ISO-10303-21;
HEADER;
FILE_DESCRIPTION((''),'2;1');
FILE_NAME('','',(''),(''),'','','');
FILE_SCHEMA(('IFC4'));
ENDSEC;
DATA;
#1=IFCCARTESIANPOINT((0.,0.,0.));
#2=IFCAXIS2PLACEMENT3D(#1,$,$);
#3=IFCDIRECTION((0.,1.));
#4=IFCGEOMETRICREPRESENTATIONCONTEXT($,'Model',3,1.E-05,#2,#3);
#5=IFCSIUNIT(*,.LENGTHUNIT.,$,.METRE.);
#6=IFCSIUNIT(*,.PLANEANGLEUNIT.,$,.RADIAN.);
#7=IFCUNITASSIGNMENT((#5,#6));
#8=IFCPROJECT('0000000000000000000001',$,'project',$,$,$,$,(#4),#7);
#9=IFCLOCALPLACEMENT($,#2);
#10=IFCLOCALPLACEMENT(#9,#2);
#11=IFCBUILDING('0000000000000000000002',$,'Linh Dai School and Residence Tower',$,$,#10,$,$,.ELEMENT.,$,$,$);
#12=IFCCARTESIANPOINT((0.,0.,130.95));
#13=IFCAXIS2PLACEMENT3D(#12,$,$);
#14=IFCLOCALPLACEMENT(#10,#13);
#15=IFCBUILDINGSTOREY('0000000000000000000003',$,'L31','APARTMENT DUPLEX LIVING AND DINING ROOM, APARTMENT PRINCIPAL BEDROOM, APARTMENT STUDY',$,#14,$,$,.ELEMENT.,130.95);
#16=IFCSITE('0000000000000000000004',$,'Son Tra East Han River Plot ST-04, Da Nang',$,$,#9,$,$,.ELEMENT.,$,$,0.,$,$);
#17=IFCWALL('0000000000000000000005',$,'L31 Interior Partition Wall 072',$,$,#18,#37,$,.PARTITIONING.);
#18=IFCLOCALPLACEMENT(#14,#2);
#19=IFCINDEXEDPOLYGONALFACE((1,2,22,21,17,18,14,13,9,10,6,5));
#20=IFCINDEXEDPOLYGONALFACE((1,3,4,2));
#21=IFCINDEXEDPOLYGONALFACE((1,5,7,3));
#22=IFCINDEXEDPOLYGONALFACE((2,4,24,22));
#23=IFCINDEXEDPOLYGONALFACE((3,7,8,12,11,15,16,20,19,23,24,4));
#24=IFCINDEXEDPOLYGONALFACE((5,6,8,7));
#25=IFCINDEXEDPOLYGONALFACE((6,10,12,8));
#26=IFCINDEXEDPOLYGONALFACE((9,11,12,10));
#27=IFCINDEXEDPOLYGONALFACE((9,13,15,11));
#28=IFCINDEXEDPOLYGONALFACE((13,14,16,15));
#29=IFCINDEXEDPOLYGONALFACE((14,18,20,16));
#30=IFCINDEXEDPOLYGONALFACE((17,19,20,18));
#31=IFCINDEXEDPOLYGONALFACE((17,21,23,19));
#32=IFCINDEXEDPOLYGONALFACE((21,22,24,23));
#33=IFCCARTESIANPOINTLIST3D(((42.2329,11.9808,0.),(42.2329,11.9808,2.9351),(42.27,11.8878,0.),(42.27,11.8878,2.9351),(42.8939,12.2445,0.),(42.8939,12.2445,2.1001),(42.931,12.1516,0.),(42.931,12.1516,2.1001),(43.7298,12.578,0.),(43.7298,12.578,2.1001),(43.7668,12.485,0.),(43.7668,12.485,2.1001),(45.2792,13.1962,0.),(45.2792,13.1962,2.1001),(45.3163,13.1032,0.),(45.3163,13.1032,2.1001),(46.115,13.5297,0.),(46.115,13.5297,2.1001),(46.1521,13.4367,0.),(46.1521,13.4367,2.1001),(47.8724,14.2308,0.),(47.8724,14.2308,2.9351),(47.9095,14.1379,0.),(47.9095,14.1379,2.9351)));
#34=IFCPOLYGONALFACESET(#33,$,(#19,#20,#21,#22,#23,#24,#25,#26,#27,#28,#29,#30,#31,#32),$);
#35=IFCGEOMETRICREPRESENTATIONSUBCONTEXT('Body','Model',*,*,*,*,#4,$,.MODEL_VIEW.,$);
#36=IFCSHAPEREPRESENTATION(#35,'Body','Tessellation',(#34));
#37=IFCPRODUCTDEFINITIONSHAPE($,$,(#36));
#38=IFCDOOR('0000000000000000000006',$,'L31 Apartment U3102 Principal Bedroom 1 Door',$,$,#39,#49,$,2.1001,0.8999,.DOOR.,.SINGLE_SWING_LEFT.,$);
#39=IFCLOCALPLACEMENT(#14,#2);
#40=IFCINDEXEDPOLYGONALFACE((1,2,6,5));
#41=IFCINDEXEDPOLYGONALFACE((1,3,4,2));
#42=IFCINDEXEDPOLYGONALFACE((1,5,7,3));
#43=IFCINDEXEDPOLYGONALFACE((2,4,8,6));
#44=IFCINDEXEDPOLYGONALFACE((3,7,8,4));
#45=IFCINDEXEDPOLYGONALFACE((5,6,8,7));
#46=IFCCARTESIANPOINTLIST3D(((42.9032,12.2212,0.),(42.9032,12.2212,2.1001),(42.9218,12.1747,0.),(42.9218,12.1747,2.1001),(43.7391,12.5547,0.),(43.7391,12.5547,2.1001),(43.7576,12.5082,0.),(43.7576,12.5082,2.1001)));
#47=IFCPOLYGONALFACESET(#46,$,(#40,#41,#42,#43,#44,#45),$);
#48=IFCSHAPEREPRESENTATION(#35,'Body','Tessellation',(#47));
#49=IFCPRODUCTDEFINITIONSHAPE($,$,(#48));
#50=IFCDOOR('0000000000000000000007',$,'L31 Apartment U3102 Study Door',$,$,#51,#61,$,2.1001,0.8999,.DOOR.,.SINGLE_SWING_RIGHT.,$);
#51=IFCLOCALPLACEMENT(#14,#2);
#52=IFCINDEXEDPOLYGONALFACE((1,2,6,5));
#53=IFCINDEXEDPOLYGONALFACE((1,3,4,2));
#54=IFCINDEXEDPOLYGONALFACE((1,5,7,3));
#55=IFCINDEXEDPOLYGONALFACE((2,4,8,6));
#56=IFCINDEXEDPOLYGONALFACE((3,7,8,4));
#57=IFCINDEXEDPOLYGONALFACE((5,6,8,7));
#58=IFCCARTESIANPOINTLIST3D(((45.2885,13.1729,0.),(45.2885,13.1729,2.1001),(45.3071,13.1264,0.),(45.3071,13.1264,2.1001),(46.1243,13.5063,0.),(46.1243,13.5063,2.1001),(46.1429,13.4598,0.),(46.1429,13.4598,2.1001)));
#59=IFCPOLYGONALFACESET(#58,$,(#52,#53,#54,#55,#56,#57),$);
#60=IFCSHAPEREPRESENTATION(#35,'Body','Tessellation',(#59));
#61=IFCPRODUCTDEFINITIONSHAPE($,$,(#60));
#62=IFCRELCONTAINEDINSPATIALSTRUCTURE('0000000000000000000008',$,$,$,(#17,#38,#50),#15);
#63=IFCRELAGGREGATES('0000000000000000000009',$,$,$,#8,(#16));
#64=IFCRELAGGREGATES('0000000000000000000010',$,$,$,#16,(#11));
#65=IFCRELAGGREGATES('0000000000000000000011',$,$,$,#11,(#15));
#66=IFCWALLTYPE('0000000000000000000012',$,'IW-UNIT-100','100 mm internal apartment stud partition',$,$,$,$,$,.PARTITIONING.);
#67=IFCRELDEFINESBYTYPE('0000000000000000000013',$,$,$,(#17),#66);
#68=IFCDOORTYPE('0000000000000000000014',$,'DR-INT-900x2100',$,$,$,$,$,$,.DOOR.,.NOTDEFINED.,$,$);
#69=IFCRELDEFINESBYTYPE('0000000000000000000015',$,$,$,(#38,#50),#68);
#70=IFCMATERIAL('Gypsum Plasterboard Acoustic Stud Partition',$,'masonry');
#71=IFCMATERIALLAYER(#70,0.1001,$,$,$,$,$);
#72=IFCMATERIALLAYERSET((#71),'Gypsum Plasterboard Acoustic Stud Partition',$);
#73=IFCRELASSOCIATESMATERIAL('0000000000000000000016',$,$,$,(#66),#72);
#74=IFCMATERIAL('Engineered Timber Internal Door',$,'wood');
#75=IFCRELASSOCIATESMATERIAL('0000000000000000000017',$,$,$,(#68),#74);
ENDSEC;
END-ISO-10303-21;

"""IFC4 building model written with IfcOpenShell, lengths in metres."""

from ifc_helpers import new_model, si_unit, direction, frame, frame_2d, origin, origin_2d, place, context, subcontext, project, spatial, rectangle, extrude, source, transform, mapped, material, layer, layer_set, type_object, element, fill, save


model = new_model("IFC4")

# Units and contexts
model_context = context("Model", 3, precision=1e-05, world=origin(), true_north=direction((0.0, 1.0)))
body_context = subcontext(model_context, "Body", "Model", "MODEL_VIEW")
ifc_project = project(units=[si_unit("LENGTHUNIT", "METRE"), si_unit("PLANEANGLEUNIT", "RADIAN")], contexts=[model_context])

# Site, building, storey
site_placement = place(None, origin())
site = spatial("IfcSite", under=ifc_project, at=site_placement, Name="Son Tra East Han River Plot ST-04, Da Nang", CompositionType="ELEMENT", RefElevation=0.0)
building_placement = place(site_placement, origin())
building = spatial("IfcBuilding", under=site, at=building_placement, Name="Linh Dai School and Residence Tower", CompositionType="ELEMENT")
storey_placement = place(building_placement, frame((0.0, 0.0, 130.95)))
storey = spatial("IfcBuildingStorey", under=building, at=storey_placement, Name="L31", Description="APARTMENT DUPLEX LIVING AND DINING ROOM, APARTMENT PRINCIPAL BEDROOM, APARTMENT STUDY", CompositionType="ELEMENT", Elevation=130.95)

# Shared definitions
ifc_material_1 = material(Name="Gypsum Plasterboard Acoustic Stud Partition", Category="masonry")
ifc_layer_1 = layer(ifc_material_1, 0.1001)
ifc_layer_set_1 = layer_set([ifc_layer_1], Name="Gypsum Plasterboard Acoustic Stud Partition")
wall_type_1 = type_object("IfcWallType", Name="IW-UNIT-100", Description="100 mm internal apartment stud partition", PredefinedType="PARTITIONING", material=ifc_layer_set_1)

# Wall, openings, doors
wall_1_placement = place(storey_placement, frame((42.2515, 11.9343, 0.0), z_axis=(0.0, 0.0, 1.0), x_axis=(0.928804, 0.370572, 0.0)))
wall_1 = element("IfcWall", 1, at=wall_1_placement, inside=storey, type_object=wall_type_1, Name="L31 Interior Partition Wall 072", PredefinedType="PARTITIONING", context=body_context, shape_type="SweptSolid", body=[
    extrude(rectangle(XDim=6.0718, YDim=0.1001, at=frame_2d((3.0359, 0.0))), origin(), (0.0, 0.0, 1.0), 2.9351),
])
opening_1_placement = place(wall_1_placement, frame((0.7117, 0.0, 0.0)))
opening_1 = element("IfcOpeningElement", 2, at=opening_1_placement, cuts=wall_1, PredefinedType="OPENING", context=body_context, shape_type="SweptSolid", body=[
    extrude(rectangle(XDim=0.8999, YDim=2.1001, at=origin_2d()), frame((0.45, 0.0601, 1.05), z_axis=(0.0, -1.0, 0.0), x_axis=(1.0, 0.0, 0.0)), (0.0, 0.0, 1.0), 0.1201),
])
opening_2_placement = place(wall_1_placement, frame((3.2798, 0.0, 0.0)))
opening_2 = element("IfcOpeningElement", 3, at=opening_2_placement, cuts=wall_1, PredefinedType="OPENING", context=body_context, shape_type="SweptSolid", body=[
    extrude(rectangle(XDim=0.8999, YDim=2.1001, at=origin_2d()), frame((0.45, 0.0601, 1.05), z_axis=(0.0, -1.0, 0.0), x_axis=(1.0, 0.0, 0.0)), (0.0, 0.0, 1.0), 0.1201),
])
ifc_material_2 = material(Name="Engineered Timber Internal Door", Category="wood")
door_type_1 = type_object("IfcDoorType", Name="DR-INT-900x2100", OperationType="NOTDEFINED", PredefinedType="DOOR", material=ifc_material_2)
shared_shape_1 = source(origin(), body_context, "Body", "SweptSolid", [
    extrude(rectangle(XDim=0.8999, YDim=2.1001, at=origin_2d()), frame((0.45, 0.0249, 1.05), z_axis=(0.0, -1.0, 0.0), x_axis=(1.0, 0.0, 0.0)), (0.0, 0.0, 1.0), 0.05),
])
door_1_placement = place(opening_1_placement, origin())
door_1 = element("IfcDoor", 4, at=door_1_placement, inside=storey, type_object=door_type_1, Name="L31 Apartment U3102 Principal Bedroom 1 Door", OperationType="SINGLE_SWING_LEFT", OverallHeight=2.1001, OverallWidth=0.8999, PredefinedType="DOOR", context=body_context, shape_type="MappedRepresentation", body=[
    mapped(shared_shape_1, transform((0.0, 0.0, 0.0), x_axis=(1.0, 0.0, 0.0), y_axis=(0.0, 1.0, 0.0), z_axis=(0.0, 0.0, 1.0), scale=1.0)),
])
fill(opening_1, door_1)
door_2_placement = place(opening_2_placement, origin())
door_2 = element("IfcDoor", 5, at=door_2_placement, inside=storey, type_object=door_type_1, Name="L31 Apartment U3102 Study Door", OperationType="SINGLE_SWING_RIGHT", OverallHeight=2.1001, OverallWidth=0.8999, PredefinedType="DOOR", context=body_context, shape_type="MappedRepresentation", body=[
    mapped(shared_shape_1, transform((0.0, 0.0, 0.0), x_axis=(1.0, 0.0, 0.0), y_axis=(0.0, 1.0, 0.0), z_axis=(0.0, 0.0, 1.0), scale=1.0)),
])
fill(opening_2, door_2)

save(model, "model.ifc")
